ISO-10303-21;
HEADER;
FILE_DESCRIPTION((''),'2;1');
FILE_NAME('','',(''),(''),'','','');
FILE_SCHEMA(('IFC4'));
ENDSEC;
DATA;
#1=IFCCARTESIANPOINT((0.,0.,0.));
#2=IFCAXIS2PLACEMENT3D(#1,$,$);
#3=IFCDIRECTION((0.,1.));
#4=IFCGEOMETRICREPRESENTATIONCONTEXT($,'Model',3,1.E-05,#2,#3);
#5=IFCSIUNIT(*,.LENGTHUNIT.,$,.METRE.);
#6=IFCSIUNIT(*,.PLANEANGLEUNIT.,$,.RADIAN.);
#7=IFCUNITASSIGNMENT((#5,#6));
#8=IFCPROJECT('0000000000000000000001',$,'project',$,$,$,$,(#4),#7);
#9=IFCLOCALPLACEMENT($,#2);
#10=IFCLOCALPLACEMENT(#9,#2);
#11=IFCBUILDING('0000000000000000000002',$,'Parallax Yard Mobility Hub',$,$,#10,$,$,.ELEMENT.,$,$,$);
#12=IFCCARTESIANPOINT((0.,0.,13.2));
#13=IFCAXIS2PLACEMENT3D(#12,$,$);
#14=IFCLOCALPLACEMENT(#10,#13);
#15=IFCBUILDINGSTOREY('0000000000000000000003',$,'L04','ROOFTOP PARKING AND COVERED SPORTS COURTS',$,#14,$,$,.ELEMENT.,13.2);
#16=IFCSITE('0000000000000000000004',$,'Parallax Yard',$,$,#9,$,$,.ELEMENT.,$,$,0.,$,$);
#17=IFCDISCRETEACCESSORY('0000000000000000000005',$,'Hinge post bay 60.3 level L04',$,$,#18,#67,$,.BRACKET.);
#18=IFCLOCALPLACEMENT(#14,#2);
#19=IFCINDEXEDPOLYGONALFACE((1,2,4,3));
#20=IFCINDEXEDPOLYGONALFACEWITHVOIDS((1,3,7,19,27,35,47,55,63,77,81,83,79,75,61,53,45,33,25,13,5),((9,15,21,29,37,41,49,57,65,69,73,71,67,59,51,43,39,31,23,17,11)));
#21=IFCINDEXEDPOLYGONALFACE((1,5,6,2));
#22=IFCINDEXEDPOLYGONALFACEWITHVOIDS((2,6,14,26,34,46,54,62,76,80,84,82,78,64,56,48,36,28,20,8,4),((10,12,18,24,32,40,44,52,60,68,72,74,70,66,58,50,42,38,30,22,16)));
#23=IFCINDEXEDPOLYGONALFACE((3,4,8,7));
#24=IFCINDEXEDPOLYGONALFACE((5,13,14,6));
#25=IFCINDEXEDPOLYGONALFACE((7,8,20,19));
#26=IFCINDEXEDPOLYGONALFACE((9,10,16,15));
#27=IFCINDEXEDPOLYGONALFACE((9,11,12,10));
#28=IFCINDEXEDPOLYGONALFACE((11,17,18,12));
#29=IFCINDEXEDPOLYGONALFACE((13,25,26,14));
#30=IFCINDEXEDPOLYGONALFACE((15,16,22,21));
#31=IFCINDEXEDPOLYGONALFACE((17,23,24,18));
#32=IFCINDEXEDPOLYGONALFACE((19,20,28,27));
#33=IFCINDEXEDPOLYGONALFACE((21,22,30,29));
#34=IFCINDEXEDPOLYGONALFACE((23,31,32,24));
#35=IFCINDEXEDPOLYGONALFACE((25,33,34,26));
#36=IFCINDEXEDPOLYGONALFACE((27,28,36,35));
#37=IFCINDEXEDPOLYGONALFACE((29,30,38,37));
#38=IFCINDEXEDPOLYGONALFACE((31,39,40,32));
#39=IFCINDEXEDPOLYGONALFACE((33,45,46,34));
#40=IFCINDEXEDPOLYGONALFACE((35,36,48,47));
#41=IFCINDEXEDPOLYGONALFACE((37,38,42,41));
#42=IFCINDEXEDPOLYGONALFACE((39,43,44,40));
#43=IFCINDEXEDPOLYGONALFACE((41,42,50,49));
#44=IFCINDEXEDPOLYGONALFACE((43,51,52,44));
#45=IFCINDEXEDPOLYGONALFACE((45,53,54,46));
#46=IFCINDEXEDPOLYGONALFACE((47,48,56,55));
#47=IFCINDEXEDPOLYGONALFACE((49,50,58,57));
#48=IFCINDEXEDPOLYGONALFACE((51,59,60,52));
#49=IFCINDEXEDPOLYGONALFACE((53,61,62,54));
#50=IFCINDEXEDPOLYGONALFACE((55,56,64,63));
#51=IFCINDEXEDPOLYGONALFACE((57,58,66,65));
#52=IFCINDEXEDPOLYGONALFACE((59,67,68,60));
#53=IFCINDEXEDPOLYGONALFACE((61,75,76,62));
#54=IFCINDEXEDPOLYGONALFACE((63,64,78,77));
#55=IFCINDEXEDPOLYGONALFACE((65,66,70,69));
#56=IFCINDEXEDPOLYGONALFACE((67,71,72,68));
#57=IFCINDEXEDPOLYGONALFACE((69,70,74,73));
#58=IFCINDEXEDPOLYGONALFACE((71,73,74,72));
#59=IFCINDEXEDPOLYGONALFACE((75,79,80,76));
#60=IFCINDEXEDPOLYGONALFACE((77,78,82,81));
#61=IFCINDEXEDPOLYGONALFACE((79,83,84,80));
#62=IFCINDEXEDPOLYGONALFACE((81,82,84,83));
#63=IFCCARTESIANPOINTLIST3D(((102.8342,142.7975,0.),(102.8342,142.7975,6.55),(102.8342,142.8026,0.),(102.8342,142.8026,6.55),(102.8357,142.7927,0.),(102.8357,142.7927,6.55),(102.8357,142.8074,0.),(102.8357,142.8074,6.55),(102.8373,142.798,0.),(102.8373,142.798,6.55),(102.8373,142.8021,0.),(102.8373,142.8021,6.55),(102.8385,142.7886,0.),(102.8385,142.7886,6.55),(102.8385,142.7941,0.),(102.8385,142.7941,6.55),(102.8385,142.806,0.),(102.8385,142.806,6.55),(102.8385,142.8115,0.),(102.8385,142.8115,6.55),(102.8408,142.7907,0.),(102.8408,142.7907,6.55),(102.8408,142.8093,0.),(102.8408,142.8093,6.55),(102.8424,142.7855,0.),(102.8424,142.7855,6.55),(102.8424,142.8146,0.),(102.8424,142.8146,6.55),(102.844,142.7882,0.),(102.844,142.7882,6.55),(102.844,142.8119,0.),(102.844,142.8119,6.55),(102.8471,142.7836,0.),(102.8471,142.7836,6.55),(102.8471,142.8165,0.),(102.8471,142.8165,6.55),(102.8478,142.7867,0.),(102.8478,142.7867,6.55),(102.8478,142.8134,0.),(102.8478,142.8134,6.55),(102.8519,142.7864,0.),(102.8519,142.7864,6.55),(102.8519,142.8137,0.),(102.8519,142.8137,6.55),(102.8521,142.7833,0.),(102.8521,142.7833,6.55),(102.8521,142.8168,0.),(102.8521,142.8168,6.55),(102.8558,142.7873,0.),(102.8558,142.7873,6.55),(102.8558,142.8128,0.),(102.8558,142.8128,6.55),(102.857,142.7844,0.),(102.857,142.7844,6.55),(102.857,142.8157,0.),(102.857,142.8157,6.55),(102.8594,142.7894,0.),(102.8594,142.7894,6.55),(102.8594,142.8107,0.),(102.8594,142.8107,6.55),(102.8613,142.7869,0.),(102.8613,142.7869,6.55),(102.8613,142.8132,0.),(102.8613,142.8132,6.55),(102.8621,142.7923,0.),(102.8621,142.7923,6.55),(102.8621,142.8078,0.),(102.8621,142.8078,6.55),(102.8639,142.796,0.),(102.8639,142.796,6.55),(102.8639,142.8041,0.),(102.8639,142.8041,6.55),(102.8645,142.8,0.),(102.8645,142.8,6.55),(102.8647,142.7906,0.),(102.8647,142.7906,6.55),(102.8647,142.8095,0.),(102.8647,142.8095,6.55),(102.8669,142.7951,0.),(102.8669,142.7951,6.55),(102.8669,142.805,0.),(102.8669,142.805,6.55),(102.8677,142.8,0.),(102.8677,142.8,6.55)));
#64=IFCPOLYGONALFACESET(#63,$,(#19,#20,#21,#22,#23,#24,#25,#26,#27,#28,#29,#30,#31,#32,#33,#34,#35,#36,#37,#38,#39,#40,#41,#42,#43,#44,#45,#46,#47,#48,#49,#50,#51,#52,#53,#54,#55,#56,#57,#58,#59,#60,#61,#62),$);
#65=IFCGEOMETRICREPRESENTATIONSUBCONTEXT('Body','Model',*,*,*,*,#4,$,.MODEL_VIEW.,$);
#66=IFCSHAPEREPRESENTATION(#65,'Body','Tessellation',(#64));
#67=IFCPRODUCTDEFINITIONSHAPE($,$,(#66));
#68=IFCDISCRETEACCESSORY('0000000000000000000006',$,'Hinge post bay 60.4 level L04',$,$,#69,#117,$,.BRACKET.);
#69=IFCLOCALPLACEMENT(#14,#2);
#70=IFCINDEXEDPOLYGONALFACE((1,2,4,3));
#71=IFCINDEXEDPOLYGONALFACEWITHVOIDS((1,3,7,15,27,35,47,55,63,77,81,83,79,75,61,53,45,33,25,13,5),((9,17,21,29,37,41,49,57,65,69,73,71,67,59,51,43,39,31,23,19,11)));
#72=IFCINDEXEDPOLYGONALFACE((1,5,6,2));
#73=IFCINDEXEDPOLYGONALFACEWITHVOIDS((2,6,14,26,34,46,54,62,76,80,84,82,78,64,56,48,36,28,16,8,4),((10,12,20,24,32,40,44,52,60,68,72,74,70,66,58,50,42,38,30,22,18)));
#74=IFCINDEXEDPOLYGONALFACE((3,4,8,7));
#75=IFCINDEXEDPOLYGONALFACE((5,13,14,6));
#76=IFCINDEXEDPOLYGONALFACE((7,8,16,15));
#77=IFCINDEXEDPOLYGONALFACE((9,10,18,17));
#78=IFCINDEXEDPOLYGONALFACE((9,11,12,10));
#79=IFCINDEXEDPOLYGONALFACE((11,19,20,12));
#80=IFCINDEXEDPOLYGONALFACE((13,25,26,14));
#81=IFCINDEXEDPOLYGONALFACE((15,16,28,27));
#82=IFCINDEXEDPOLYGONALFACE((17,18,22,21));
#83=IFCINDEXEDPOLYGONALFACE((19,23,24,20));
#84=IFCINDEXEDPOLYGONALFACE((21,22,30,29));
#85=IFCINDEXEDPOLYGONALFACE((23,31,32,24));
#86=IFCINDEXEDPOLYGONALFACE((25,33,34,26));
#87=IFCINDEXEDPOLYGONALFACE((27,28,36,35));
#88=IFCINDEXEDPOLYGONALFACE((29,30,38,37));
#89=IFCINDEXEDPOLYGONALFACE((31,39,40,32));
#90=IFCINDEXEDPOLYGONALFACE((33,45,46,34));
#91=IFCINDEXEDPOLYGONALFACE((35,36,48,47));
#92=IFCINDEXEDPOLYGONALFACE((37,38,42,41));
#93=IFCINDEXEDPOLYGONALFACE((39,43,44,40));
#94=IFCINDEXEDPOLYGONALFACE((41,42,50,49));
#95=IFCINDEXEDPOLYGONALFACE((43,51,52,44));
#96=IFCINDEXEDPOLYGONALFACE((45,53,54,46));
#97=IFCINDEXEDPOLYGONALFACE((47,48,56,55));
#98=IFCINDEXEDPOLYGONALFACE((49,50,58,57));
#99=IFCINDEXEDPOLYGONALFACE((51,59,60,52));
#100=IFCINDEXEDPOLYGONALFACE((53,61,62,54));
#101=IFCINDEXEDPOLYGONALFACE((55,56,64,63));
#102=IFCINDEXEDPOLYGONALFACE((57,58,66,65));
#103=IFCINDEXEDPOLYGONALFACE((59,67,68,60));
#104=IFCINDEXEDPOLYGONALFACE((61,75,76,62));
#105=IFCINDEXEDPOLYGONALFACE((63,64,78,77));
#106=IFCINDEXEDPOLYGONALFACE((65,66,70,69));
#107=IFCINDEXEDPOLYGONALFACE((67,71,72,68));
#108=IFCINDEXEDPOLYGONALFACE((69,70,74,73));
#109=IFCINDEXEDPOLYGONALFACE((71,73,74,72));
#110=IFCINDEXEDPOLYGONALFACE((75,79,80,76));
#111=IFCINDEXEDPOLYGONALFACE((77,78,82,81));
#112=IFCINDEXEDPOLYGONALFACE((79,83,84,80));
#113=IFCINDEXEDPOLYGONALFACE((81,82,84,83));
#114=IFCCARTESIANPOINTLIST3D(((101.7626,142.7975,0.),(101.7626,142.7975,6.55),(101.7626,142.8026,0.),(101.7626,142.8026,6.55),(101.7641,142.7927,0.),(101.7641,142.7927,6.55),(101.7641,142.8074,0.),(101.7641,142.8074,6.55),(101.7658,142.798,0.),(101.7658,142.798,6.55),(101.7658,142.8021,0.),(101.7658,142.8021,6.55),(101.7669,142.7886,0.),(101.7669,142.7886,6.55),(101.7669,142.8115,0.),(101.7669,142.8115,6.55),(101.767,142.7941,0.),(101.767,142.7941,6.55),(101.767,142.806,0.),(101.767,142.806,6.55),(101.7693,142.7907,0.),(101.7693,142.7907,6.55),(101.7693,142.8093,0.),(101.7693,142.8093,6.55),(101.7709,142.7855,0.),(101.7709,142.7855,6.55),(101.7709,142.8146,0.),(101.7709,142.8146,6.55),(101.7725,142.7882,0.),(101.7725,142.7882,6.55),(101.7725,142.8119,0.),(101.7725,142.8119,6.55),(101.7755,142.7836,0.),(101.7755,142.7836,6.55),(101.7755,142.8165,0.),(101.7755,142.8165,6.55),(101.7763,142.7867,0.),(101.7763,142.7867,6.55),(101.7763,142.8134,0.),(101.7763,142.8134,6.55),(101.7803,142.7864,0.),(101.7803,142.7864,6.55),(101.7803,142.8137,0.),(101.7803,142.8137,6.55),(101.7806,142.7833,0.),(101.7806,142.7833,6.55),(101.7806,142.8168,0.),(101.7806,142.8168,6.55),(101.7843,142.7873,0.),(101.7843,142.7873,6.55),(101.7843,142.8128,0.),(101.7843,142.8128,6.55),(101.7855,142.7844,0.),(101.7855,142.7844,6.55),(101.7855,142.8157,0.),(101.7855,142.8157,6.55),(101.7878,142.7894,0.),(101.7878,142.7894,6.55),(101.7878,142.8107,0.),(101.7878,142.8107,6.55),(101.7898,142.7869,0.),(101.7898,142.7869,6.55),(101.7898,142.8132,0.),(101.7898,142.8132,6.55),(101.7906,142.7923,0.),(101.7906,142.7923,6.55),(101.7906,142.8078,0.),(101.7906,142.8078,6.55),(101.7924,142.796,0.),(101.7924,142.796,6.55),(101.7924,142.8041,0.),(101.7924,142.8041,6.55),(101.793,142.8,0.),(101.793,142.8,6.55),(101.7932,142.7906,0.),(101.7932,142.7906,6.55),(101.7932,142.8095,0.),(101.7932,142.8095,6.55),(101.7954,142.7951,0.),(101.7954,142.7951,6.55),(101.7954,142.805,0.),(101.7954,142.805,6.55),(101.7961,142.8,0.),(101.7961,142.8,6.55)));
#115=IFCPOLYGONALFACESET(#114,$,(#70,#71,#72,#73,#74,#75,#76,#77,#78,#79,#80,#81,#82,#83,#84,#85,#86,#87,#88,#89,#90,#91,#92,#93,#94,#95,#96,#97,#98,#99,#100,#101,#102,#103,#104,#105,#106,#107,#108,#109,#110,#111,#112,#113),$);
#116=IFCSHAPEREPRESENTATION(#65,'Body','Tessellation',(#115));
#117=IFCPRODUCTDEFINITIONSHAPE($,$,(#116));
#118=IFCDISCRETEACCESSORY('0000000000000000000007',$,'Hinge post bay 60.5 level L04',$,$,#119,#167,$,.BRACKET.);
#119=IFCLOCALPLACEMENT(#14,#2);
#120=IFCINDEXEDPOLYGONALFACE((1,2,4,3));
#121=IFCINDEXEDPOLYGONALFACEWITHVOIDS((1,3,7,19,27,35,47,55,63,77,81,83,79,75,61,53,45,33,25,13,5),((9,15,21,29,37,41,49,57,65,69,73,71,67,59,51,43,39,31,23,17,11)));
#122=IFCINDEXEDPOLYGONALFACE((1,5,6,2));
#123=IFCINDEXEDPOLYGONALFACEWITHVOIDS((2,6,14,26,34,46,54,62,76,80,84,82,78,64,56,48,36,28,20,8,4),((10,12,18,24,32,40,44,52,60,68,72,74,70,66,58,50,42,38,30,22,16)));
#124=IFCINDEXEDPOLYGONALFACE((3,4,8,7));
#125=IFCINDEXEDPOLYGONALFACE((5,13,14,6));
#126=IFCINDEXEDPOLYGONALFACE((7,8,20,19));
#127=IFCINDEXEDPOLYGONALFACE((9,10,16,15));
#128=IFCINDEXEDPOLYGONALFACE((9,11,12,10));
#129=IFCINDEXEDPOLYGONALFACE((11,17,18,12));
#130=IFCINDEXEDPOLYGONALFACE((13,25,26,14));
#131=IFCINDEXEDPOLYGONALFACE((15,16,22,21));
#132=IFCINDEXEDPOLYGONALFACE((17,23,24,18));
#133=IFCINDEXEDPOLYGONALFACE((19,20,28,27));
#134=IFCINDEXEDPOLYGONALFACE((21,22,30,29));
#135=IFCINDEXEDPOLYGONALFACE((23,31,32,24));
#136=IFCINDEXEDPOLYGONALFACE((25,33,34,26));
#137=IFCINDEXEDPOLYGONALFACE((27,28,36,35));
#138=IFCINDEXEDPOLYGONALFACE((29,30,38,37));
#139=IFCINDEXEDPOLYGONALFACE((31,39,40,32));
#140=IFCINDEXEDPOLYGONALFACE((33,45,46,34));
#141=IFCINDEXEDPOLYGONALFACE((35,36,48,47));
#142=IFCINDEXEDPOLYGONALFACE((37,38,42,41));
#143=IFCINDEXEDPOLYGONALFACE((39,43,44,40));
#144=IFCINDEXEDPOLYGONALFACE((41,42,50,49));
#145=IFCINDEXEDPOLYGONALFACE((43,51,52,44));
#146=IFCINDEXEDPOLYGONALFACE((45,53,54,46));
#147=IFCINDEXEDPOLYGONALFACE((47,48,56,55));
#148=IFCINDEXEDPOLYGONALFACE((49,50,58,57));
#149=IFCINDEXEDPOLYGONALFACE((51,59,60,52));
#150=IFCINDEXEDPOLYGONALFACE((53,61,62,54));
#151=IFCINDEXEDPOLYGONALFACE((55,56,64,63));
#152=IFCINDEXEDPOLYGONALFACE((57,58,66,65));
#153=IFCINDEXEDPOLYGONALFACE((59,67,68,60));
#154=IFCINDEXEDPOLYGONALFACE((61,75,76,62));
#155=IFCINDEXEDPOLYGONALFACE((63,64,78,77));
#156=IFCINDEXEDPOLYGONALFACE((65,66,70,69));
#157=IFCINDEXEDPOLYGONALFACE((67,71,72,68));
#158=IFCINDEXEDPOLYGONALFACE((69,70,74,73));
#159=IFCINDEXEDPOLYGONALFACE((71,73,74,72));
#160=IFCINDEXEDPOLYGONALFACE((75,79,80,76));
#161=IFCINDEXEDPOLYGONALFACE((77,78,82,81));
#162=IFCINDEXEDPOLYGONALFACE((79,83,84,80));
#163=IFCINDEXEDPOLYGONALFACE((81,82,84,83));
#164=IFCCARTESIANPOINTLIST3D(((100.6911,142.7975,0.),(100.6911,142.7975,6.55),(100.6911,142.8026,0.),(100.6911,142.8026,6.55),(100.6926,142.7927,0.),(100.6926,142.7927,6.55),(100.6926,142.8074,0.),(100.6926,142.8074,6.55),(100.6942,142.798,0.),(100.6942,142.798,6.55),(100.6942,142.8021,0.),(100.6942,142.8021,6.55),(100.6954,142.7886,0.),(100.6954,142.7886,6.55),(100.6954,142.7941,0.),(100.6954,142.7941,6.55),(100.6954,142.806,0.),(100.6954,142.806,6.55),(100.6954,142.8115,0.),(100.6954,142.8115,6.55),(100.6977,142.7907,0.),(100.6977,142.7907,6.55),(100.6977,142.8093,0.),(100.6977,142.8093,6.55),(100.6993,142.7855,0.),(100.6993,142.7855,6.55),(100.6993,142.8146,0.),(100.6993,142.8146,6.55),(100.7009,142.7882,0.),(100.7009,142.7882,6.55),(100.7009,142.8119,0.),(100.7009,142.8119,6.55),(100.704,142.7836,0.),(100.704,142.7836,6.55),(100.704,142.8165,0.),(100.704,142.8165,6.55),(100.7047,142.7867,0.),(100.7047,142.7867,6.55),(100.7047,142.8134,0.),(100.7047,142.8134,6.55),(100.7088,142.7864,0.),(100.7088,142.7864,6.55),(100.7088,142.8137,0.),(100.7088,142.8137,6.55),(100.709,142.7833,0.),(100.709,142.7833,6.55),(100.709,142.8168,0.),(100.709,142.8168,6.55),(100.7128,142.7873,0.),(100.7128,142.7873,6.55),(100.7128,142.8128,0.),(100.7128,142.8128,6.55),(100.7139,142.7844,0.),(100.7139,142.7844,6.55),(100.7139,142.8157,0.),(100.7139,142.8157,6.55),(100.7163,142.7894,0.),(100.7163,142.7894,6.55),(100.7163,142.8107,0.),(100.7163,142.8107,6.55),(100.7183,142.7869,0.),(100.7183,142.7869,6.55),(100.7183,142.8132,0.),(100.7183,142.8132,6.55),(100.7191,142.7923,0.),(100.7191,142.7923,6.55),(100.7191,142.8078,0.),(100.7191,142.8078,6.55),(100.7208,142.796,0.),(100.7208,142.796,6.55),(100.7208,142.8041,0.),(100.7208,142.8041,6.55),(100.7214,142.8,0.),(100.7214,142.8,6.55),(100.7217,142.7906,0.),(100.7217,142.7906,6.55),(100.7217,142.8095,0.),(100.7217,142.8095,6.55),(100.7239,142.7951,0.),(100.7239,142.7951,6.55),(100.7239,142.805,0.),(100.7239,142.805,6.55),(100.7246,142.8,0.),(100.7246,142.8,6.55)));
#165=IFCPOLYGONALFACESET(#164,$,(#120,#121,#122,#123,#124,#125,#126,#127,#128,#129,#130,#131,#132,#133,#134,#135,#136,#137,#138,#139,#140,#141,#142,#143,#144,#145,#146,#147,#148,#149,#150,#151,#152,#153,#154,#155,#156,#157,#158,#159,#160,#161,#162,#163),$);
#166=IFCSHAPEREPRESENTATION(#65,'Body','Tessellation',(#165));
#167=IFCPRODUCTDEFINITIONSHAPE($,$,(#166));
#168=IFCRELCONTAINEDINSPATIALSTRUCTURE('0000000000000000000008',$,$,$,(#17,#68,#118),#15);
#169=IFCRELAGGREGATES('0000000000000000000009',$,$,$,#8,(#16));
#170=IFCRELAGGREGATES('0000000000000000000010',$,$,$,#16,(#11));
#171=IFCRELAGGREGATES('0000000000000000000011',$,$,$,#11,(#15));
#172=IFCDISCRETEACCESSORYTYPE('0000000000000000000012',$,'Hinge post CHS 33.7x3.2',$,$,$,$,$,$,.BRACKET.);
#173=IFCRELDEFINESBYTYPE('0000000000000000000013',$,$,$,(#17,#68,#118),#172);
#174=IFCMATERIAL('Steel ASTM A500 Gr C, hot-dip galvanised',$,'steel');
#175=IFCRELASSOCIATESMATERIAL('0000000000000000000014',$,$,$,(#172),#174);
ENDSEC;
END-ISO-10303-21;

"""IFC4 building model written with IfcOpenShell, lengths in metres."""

from ifc_helpers import new_model, si_unit, direction, frame, origin, origin_2d, place, context, subcontext, project, spatial, hollow_circle, extrude, material, material_profile, profile_set, type_object, element, save


model = new_model("IFC4")

# Units and contexts
model_context = context("Model", 3, precision=1e-05, world=origin(), true_north=direction((0.0, 1.0)))
body_context = subcontext(model_context, "Body", "Model", "MODEL_VIEW")
ifc_project = project(units=[si_unit("LENGTHUNIT", "METRE"), si_unit("PLANEANGLEUNIT", "RADIAN")], contexts=[model_context])

# Site, building, storey
site_placement = place(None, origin())
site = spatial("IfcSite", under=ifc_project, at=site_placement, Name="Parallax Yard", CompositionType="ELEMENT", RefElevation=0.0)
building_placement = place(site_placement, origin())
building = spatial("IfcBuilding", under=site, at=building_placement, Name="Parallax Yard Mobility Hub", CompositionType="ELEMENT")
storey_placement = place(building_placement, frame((0.0, 0.0, 13.2)))
storey = spatial("IfcBuildingStorey", under=building, at=storey_placement, Name="L04", Description="ROOFTOP PARKING AND COVERED SPORTS COURTS", CompositionType="ELEMENT", Elevation=13.2)

# Discrete accessories
ifc_material_1 = material(Name="Steel ASTM A500 Gr C, hot-dip galvanised", Category="steel")
ifc_material_profile_1 = material_profile(ifc_material_1, hollow_circle(Radius=0.0168, WallThickness=0.0032, at=origin_2d()), Name="CHS 33.7x3.2")
ifc_profile_set_1 = profile_set([ifc_material_profile_1], Name="Steel ASTM A500 Gr C, hot-dip galvanised")
discrete_accessory_type_1 = type_object("IfcDiscreteAccessoryType", Name="Hinge post CHS 33.7x3.2", PredefinedType="BRACKET", material=ifc_profile_set_1)
for number, where, z_axis, x_axis, name in (
    (1, (102.8508, 142.8, 0.0), (0.0, 0.0, 1.0), (1.0, 0.0, 0.0), "Hinge post bay 60.3 level L04"),
    (2, (101.7793, 142.8, 0.0), (0.0, 0.0, 1.0), (1.0, 0.0, 0.0), "Hinge post bay 60.4 level L04"),
    (3, (100.7078, 142.8, 0.0), (0.0, 0.0, 1.0), (1.0, 0.0, 0.0), "Hinge post bay 60.5 level L04"),
):
    element("IfcDiscreteAccessory", number, at=place(storey_placement, frame(where, z_axis=z_axis, x_axis=x_axis)), inside=storey, type_object=discrete_accessory_type_1, Name=name, PredefinedType="BRACKET", context=body_context, shape_type="SweptSolid", body=[
        extrude(hollow_circle(Radius=0.0168, WallThickness=0.0032, at=origin_2d()), origin(), (0.0, 0.0, 1.0), 6.55),
    ])

save(model, "model.ifc")
